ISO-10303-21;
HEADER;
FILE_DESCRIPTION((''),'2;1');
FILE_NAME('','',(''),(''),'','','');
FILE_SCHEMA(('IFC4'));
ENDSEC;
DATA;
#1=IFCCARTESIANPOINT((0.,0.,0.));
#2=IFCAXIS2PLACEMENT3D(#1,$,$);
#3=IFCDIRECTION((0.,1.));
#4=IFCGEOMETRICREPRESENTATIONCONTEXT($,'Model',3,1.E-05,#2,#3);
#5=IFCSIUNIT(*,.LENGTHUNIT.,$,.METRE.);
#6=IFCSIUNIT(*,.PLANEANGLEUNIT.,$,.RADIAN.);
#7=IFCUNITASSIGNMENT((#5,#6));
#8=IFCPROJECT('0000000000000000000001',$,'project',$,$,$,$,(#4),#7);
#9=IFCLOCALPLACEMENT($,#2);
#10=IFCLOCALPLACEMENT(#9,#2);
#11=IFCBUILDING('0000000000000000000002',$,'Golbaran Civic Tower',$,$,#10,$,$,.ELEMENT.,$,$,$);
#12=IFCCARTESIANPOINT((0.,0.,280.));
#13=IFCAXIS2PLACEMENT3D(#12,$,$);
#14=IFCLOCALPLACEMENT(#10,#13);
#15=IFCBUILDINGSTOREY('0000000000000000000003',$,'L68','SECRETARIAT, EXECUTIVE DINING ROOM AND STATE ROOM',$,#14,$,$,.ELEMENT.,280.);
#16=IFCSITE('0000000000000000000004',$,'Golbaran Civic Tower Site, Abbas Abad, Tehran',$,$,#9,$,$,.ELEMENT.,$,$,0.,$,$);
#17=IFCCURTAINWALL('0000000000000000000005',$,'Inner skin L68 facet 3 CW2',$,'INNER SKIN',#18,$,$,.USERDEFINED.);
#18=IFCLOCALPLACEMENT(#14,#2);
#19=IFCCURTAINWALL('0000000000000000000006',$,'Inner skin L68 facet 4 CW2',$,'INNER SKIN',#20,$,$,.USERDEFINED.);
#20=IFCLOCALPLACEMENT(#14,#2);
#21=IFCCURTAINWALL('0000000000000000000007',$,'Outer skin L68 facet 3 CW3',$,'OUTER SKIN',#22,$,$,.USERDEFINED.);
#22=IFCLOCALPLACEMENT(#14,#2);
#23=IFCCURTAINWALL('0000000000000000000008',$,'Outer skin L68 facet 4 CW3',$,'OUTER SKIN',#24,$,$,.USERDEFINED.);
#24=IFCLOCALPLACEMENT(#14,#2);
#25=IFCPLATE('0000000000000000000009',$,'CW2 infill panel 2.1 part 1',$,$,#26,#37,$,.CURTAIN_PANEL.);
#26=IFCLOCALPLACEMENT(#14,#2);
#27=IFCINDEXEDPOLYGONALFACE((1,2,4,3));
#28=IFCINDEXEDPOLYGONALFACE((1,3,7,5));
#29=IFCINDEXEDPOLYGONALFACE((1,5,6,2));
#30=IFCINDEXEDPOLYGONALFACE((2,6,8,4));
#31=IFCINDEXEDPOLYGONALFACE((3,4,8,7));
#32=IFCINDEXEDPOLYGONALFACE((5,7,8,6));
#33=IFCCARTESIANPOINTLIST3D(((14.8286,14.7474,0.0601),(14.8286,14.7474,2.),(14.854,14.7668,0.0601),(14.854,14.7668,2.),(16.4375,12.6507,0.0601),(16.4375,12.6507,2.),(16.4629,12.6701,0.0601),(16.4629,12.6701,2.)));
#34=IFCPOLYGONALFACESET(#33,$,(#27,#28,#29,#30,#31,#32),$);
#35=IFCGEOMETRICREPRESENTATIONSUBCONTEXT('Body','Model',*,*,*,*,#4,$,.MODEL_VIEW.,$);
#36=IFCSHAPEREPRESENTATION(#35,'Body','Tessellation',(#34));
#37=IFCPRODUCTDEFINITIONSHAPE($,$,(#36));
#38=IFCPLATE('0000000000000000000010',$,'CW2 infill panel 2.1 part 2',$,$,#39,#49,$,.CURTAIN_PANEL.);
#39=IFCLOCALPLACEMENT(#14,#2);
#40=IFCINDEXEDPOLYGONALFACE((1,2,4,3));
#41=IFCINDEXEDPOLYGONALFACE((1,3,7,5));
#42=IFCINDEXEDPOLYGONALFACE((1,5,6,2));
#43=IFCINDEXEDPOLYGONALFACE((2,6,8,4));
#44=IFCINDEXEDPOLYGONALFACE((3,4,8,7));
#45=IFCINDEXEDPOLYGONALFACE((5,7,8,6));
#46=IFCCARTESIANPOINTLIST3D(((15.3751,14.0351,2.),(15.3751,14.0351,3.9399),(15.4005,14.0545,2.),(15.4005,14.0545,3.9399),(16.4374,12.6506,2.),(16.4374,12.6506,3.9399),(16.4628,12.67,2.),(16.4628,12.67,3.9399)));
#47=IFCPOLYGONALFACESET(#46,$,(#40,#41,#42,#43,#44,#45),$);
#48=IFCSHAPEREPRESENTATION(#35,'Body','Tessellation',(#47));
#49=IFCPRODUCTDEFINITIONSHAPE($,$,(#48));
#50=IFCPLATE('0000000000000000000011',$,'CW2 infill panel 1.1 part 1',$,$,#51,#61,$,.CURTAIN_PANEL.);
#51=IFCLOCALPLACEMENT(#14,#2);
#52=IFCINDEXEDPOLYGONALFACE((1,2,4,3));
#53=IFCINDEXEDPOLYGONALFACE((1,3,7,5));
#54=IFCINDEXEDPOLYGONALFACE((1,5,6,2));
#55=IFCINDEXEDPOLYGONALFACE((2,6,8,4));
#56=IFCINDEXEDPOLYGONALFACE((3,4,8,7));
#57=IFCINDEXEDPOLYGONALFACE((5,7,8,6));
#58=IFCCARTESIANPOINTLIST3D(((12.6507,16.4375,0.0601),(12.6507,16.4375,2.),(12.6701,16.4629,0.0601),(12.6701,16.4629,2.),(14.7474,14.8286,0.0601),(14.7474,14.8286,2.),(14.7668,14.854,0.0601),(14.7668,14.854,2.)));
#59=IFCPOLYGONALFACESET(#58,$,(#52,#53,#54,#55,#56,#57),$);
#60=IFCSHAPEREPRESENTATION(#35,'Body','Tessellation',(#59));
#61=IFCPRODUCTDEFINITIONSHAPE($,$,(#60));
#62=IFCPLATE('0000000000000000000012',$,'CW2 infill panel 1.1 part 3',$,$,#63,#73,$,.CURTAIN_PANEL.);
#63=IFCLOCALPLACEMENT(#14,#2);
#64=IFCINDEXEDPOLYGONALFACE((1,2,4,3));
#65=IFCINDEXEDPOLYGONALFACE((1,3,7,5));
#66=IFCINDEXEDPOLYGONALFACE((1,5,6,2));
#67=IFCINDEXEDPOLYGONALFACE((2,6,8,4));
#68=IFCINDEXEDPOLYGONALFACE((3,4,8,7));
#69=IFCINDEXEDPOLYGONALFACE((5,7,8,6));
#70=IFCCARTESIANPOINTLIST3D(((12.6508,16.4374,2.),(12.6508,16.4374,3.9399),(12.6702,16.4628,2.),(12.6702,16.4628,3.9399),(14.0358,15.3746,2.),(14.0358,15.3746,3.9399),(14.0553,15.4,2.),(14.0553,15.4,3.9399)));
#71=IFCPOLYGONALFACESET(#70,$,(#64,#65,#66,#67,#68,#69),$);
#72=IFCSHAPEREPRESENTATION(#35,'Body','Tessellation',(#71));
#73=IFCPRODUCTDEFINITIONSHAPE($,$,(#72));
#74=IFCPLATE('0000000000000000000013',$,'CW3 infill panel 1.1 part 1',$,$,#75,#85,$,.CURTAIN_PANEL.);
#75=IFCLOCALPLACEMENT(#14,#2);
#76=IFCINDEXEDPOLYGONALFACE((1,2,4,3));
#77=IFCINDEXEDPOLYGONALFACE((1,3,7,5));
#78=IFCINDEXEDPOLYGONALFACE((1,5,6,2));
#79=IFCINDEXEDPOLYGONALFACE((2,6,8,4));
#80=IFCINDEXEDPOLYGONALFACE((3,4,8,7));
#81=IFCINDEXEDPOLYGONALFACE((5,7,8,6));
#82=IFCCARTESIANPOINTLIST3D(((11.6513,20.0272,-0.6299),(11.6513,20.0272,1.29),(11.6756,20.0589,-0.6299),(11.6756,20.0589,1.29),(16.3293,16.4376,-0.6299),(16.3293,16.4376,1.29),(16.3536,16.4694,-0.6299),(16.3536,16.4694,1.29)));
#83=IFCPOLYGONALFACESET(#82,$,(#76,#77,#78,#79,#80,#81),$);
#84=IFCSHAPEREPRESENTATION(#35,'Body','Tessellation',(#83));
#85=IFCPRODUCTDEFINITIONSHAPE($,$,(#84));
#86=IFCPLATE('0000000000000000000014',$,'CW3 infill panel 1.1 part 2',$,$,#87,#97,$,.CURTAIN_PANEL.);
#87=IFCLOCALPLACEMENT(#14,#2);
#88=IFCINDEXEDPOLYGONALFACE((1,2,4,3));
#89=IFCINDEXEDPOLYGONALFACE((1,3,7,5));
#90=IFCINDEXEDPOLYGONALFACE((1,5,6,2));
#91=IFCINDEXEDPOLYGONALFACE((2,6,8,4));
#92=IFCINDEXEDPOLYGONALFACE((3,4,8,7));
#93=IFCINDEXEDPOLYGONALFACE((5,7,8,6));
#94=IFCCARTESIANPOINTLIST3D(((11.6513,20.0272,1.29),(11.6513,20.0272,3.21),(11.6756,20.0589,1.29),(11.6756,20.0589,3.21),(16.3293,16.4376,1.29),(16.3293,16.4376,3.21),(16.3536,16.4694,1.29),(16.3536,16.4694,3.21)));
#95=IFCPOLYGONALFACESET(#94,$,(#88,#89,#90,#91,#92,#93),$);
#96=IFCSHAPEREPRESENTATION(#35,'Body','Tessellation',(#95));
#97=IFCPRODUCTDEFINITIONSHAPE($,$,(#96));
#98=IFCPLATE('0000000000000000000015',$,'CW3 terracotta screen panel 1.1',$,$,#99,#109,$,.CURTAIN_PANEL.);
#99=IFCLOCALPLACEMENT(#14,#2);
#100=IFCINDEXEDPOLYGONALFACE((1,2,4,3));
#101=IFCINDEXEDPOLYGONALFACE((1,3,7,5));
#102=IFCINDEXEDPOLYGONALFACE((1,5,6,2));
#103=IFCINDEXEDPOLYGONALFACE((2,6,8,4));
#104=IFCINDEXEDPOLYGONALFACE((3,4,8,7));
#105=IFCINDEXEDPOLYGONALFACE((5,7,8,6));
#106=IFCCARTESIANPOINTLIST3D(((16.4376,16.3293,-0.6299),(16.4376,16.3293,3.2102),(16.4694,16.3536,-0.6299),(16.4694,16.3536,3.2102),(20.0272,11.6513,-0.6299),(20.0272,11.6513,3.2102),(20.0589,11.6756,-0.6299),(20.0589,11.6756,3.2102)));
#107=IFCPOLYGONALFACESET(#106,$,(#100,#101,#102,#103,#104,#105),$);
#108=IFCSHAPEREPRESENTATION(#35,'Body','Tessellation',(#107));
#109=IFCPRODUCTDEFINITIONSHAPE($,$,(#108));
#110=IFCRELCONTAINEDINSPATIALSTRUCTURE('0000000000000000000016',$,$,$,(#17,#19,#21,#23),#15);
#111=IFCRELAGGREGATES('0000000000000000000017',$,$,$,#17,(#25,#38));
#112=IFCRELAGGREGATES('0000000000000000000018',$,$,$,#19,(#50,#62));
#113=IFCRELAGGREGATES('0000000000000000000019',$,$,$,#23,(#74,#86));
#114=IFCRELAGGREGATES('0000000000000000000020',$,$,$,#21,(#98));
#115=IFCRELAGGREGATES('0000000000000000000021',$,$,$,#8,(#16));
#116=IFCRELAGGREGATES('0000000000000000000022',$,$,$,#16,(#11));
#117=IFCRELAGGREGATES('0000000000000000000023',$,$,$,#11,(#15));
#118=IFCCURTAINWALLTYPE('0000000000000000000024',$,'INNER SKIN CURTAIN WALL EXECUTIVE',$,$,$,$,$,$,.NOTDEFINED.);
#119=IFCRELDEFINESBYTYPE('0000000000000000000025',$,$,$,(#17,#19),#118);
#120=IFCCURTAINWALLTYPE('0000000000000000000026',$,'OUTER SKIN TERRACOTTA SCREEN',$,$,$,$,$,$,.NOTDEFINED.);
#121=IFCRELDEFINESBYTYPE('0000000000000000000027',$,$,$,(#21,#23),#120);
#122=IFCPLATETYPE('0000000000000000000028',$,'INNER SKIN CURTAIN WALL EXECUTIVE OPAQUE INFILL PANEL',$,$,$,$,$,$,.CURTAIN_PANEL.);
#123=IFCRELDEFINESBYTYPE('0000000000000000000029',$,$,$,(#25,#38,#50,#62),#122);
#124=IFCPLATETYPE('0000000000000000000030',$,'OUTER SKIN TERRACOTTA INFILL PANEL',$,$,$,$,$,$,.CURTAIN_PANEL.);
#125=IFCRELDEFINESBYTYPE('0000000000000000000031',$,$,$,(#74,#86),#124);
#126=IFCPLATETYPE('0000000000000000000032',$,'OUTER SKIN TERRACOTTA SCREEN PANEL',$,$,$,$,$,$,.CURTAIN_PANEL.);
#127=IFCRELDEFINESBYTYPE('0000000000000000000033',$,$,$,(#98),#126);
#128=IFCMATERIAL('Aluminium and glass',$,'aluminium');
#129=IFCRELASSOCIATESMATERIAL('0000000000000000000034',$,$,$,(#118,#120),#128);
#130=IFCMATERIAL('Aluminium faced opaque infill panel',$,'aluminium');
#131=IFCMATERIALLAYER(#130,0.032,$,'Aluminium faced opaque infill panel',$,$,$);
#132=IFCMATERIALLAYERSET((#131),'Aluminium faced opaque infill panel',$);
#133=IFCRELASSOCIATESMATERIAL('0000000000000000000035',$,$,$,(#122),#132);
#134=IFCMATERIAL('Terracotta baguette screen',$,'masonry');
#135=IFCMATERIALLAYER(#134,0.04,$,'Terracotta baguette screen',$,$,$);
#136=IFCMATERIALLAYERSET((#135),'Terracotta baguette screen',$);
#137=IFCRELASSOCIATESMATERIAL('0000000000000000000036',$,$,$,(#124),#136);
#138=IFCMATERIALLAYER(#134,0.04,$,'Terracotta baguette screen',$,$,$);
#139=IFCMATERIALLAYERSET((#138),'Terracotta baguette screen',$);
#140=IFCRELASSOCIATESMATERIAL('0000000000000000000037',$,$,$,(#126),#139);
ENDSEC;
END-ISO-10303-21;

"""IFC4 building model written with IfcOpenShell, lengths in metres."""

from ifc_helpers import new_model, si_unit, direction, frame, origin, origin_2d, place, context, subcontext, project, spatial, rectangle, extrude, material, layer, layer_set, type_object, element, aggregate, save


model = new_model("IFC4")

# Units and contexts
model_context = context("Model", 3, precision=1e-05, world=origin(), true_north=direction((0.0, 1.0)))
body_context = subcontext(model_context, "Body", "Model", "MODEL_VIEW")
ifc_project = project(units=[si_unit("LENGTHUNIT", "METRE"), si_unit("PLANEANGLEUNIT", "RADIAN")], contexts=[model_context])

# Site, building, storey
site_placement = place(None, origin())
site = spatial("IfcSite", under=ifc_project, at=site_placement, Name="Golbaran Civic Tower Site, Abbas Abad, Tehran", CompositionType="ELEMENT", RefElevation=0.0)
building_placement = place(site_placement, origin())
building = spatial("IfcBuilding", under=site, at=building_placement, Name="Golbaran Civic Tower", CompositionType="ELEMENT")
storey_placement = place(building_placement, frame((0.0, 0.0, 280.0)))
storey = spatial("IfcBuildingStorey", under=building, at=storey_placement, Name="L68", Description="SECRETARIAT, EXECUTIVE DINING ROOM AND STATE ROOM", CompositionType="ELEMENT", Elevation=280.0)

# Curtain wall
ifc_material_1 = material(Name="Aluminium and glass", Category="aluminium")
curtain_wall_type_1 = type_object("IfcCurtainWallType", Name="INNER SKIN CURTAIN WALL EXECUTIVE", PredefinedType="NOTDEFINED", material=ifc_material_1)
curtain_wall_1_placement = place(storey_placement, origin())
curtain_wall_1 = element("IfcCurtainWall", 1, at=curtain_wall_1_placement, inside=storey, type_object=curtain_wall_type_1, Name="Inner skin L68 facet 3 CW2", ObjectType="INNER SKIN", PredefinedType="USERDEFINED")

# Curtain wall
curtain_wall_2_placement = place(storey_placement, origin())
curtain_wall_2 = element("IfcCurtainWall", 2, at=curtain_wall_2_placement, inside=storey, type_object=curtain_wall_type_1, Name="Inner skin L68 facet 4 CW2", ObjectType="INNER SKIN", PredefinedType="USERDEFINED")

# Curtain wall
curtain_wall_type_2 = type_object("IfcCurtainWallType", Name="OUTER SKIN TERRACOTTA SCREEN", PredefinedType="NOTDEFINED", material=ifc_material_1)
curtain_wall_3_placement = place(storey_placement, origin())
curtain_wall_3 = element("IfcCurtainWall", 3, at=curtain_wall_3_placement, inside=storey, type_object=curtain_wall_type_2, Name="Outer skin L68 facet 3 CW3", ObjectType="OUTER SKIN", PredefinedType="USERDEFINED")

# Curtain wall
curtain_wall_4_placement = place(storey_placement, origin())
curtain_wall_4 = element("IfcCurtainWall", 4, at=curtain_wall_4_placement, inside=storey, type_object=curtain_wall_type_2, Name="Outer skin L68 facet 4 CW3", ObjectType="OUTER SKIN", PredefinedType="USERDEFINED")

# Plates
ifc_material_2 = material(Name="Aluminium faced opaque infill panel", Category="aluminium")
ifc_layer_1 = layer(ifc_material_2, 0.032, Name="Aluminium faced opaque infill panel")
ifc_layer_set_1 = layer_set([ifc_layer_1], Name="Aluminium faced opaque infill panel")
plate_type_1 = type_object("IfcPlateType", Name="INNER SKIN CURTAIN WALL EXECUTIVE OPAQUE INFILL PANEL", PredefinedType="CURTAIN_PANEL", material=ifc_layer_set_1)
plate_1_placement = place(storey_placement, frame((15.6458, 13.7087, 0.0601), z_axis=(0.0, 0.0, 1.0), x_axis=(-0.608761, 0.793353, 0.0)))
plate_1 = element("IfcPlate", 5, at=plate_1_placement, type_object=plate_type_1, Name="CW2 infill panel 2.1 part 1", PredefinedType="CURTAIN_PANEL", context=body_context, shape_type="SweptSolid", body=[
    extrude(rectangle(XDim=2.6428, YDim=0.032, at=origin_2d()), origin(), (0.0, 0.0, 1.0), 1.9399),
])
plate_2_placement = place(storey_placement, frame((15.9189, 13.3525, 2.0), z_axis=(0.0, 0.0, 1.0), x_axis=(-0.608761, 0.793353, 0.0)))
plate_2 = element("IfcPlate", 6, at=plate_2_placement, type_object=plate_type_1, Name="CW2 infill panel 2.1 part 2", PredefinedType="CURTAIN_PANEL", context=body_context, shape_type="SweptSolid", body=[
    extrude(rectangle(XDim=1.7451, YDim=0.032, at=origin_2d()), origin(), (0.0, 0.0, 1.0), 1.9399),
])
aggregate(curtain_wall_1, [plate_1, plate_2])
plate_3_placement = place(storey_placement, frame((13.7087, 15.6458, 0.0601), z_axis=(0.0, 0.0, 1.0), x_axis=(-0.793353, 0.608761, 0.0)))
plate_3 = element("IfcPlate", 7, at=plate_3_placement, type_object=plate_type_1, Name="CW2 infill panel 1.1 part 1", PredefinedType="CURTAIN_PANEL", context=body_context, shape_type="SweptSolid", body=[
    extrude(rectangle(XDim=2.6428, YDim=0.032, at=origin_2d()), origin(), (0.0, 0.0, 1.0), 1.9399),
])
plate_4_placement = place(storey_placement, frame((13.353, 15.9187, 2.0), z_axis=(0.0, 0.0, 1.0), x_axis=(-0.793353, 0.608761, 0.0)))
plate_4 = element("IfcPlate", 8, at=plate_4_placement, type_object=plate_type_1, Name="CW2 infill panel 1.1 part 3", PredefinedType="CURTAIN_PANEL", context=body_context, shape_type="SweptSolid", body=[
    extrude(rectangle(XDim=1.7458, YDim=0.032, at=origin_2d()), origin(), (0.0, 0.0, 1.0), 1.9399),
])
aggregate(curtain_wall_2, [plate_3, plate_4])
ifc_material_3 = material(Name="Terracotta baguette screen", Category="masonry")
ifc_layer_2 = layer(ifc_material_3, 0.04, Name="Terracotta baguette screen")
ifc_layer_set_2 = layer_set([ifc_layer_2], Name="Terracotta baguette screen")
plate_type_2 = type_object("IfcPlateType", Name="OUTER SKIN TERRACOTTA INFILL PANEL", PredefinedType="CURTAIN_PANEL", material=ifc_layer_set_2)
plate_5_placement = place(storey_placement, frame((14.0024, 18.2483, -0.6299), z_axis=(0.0, 0.0, 1.0), x_axis=(-0.793353, 0.608761, 0.0)))
plate_5 = element("IfcPlate", 9, at=plate_5_placement, type_object=plate_type_2, Name="CW3 infill panel 1.1 part 1", PredefinedType="CURTAIN_PANEL", context=body_context, shape_type="SweptSolid", body=[
    extrude(rectangle(XDim=5.8965, YDim=0.04, at=origin_2d()), origin(), (0.0, 0.0, 1.0), 1.9199),
])
plate_6_placement = place(storey_placement, frame((14.0024, 18.2483, 1.29), z_axis=(0.0, 0.0, 1.0), x_axis=(-0.793353, 0.608761, 0.0)))
plate_6 = element("IfcPlate", 10, at=plate_6_placement, type_object=plate_type_2, Name="CW3 infill panel 1.1 part 2", PredefinedType="CURTAIN_PANEL", context=body_context, shape_type="SweptSolid", body=[
    extrude(rectangle(XDim=5.8965, YDim=0.04, at=origin_2d()), origin(), (0.0, 0.0, 1.0), 1.9199),
])
aggregate(curtain_wall_4, [plate_5, plate_6])
ifc_layer_3 = layer(ifc_material_3, 0.04, Name="Terracotta baguette screen")
ifc_layer_set_3 = layer_set([ifc_layer_3], Name="Terracotta baguette screen")
plate_type_3 = type_object("IfcPlateType", Name="OUTER SKIN TERRACOTTA SCREEN PANEL", PredefinedType="CURTAIN_PANEL", material=ifc_layer_set_3)
plate_7_placement = place(storey_placement, frame((18.2483, 14.0024, -0.6299), z_axis=(0.0, 0.0, 1.0), x_axis=(-0.608761, 0.793353, 0.0)))
plate_7 = element("IfcPlate", 11, at=plate_7_placement, type_object=plate_type_3, Name="CW3 terracotta screen panel 1.1", PredefinedType="CURTAIN_PANEL", context=body_context, shape_type="SweptSolid", body=[
    extrude(rectangle(XDim=5.8965, YDim=0.04, at=origin_2d()), origin(), (0.0, 0.0, 1.0), 3.8401),
])
aggregate(curtain_wall_3, [plate_7])

save(model, "model.ifc")
